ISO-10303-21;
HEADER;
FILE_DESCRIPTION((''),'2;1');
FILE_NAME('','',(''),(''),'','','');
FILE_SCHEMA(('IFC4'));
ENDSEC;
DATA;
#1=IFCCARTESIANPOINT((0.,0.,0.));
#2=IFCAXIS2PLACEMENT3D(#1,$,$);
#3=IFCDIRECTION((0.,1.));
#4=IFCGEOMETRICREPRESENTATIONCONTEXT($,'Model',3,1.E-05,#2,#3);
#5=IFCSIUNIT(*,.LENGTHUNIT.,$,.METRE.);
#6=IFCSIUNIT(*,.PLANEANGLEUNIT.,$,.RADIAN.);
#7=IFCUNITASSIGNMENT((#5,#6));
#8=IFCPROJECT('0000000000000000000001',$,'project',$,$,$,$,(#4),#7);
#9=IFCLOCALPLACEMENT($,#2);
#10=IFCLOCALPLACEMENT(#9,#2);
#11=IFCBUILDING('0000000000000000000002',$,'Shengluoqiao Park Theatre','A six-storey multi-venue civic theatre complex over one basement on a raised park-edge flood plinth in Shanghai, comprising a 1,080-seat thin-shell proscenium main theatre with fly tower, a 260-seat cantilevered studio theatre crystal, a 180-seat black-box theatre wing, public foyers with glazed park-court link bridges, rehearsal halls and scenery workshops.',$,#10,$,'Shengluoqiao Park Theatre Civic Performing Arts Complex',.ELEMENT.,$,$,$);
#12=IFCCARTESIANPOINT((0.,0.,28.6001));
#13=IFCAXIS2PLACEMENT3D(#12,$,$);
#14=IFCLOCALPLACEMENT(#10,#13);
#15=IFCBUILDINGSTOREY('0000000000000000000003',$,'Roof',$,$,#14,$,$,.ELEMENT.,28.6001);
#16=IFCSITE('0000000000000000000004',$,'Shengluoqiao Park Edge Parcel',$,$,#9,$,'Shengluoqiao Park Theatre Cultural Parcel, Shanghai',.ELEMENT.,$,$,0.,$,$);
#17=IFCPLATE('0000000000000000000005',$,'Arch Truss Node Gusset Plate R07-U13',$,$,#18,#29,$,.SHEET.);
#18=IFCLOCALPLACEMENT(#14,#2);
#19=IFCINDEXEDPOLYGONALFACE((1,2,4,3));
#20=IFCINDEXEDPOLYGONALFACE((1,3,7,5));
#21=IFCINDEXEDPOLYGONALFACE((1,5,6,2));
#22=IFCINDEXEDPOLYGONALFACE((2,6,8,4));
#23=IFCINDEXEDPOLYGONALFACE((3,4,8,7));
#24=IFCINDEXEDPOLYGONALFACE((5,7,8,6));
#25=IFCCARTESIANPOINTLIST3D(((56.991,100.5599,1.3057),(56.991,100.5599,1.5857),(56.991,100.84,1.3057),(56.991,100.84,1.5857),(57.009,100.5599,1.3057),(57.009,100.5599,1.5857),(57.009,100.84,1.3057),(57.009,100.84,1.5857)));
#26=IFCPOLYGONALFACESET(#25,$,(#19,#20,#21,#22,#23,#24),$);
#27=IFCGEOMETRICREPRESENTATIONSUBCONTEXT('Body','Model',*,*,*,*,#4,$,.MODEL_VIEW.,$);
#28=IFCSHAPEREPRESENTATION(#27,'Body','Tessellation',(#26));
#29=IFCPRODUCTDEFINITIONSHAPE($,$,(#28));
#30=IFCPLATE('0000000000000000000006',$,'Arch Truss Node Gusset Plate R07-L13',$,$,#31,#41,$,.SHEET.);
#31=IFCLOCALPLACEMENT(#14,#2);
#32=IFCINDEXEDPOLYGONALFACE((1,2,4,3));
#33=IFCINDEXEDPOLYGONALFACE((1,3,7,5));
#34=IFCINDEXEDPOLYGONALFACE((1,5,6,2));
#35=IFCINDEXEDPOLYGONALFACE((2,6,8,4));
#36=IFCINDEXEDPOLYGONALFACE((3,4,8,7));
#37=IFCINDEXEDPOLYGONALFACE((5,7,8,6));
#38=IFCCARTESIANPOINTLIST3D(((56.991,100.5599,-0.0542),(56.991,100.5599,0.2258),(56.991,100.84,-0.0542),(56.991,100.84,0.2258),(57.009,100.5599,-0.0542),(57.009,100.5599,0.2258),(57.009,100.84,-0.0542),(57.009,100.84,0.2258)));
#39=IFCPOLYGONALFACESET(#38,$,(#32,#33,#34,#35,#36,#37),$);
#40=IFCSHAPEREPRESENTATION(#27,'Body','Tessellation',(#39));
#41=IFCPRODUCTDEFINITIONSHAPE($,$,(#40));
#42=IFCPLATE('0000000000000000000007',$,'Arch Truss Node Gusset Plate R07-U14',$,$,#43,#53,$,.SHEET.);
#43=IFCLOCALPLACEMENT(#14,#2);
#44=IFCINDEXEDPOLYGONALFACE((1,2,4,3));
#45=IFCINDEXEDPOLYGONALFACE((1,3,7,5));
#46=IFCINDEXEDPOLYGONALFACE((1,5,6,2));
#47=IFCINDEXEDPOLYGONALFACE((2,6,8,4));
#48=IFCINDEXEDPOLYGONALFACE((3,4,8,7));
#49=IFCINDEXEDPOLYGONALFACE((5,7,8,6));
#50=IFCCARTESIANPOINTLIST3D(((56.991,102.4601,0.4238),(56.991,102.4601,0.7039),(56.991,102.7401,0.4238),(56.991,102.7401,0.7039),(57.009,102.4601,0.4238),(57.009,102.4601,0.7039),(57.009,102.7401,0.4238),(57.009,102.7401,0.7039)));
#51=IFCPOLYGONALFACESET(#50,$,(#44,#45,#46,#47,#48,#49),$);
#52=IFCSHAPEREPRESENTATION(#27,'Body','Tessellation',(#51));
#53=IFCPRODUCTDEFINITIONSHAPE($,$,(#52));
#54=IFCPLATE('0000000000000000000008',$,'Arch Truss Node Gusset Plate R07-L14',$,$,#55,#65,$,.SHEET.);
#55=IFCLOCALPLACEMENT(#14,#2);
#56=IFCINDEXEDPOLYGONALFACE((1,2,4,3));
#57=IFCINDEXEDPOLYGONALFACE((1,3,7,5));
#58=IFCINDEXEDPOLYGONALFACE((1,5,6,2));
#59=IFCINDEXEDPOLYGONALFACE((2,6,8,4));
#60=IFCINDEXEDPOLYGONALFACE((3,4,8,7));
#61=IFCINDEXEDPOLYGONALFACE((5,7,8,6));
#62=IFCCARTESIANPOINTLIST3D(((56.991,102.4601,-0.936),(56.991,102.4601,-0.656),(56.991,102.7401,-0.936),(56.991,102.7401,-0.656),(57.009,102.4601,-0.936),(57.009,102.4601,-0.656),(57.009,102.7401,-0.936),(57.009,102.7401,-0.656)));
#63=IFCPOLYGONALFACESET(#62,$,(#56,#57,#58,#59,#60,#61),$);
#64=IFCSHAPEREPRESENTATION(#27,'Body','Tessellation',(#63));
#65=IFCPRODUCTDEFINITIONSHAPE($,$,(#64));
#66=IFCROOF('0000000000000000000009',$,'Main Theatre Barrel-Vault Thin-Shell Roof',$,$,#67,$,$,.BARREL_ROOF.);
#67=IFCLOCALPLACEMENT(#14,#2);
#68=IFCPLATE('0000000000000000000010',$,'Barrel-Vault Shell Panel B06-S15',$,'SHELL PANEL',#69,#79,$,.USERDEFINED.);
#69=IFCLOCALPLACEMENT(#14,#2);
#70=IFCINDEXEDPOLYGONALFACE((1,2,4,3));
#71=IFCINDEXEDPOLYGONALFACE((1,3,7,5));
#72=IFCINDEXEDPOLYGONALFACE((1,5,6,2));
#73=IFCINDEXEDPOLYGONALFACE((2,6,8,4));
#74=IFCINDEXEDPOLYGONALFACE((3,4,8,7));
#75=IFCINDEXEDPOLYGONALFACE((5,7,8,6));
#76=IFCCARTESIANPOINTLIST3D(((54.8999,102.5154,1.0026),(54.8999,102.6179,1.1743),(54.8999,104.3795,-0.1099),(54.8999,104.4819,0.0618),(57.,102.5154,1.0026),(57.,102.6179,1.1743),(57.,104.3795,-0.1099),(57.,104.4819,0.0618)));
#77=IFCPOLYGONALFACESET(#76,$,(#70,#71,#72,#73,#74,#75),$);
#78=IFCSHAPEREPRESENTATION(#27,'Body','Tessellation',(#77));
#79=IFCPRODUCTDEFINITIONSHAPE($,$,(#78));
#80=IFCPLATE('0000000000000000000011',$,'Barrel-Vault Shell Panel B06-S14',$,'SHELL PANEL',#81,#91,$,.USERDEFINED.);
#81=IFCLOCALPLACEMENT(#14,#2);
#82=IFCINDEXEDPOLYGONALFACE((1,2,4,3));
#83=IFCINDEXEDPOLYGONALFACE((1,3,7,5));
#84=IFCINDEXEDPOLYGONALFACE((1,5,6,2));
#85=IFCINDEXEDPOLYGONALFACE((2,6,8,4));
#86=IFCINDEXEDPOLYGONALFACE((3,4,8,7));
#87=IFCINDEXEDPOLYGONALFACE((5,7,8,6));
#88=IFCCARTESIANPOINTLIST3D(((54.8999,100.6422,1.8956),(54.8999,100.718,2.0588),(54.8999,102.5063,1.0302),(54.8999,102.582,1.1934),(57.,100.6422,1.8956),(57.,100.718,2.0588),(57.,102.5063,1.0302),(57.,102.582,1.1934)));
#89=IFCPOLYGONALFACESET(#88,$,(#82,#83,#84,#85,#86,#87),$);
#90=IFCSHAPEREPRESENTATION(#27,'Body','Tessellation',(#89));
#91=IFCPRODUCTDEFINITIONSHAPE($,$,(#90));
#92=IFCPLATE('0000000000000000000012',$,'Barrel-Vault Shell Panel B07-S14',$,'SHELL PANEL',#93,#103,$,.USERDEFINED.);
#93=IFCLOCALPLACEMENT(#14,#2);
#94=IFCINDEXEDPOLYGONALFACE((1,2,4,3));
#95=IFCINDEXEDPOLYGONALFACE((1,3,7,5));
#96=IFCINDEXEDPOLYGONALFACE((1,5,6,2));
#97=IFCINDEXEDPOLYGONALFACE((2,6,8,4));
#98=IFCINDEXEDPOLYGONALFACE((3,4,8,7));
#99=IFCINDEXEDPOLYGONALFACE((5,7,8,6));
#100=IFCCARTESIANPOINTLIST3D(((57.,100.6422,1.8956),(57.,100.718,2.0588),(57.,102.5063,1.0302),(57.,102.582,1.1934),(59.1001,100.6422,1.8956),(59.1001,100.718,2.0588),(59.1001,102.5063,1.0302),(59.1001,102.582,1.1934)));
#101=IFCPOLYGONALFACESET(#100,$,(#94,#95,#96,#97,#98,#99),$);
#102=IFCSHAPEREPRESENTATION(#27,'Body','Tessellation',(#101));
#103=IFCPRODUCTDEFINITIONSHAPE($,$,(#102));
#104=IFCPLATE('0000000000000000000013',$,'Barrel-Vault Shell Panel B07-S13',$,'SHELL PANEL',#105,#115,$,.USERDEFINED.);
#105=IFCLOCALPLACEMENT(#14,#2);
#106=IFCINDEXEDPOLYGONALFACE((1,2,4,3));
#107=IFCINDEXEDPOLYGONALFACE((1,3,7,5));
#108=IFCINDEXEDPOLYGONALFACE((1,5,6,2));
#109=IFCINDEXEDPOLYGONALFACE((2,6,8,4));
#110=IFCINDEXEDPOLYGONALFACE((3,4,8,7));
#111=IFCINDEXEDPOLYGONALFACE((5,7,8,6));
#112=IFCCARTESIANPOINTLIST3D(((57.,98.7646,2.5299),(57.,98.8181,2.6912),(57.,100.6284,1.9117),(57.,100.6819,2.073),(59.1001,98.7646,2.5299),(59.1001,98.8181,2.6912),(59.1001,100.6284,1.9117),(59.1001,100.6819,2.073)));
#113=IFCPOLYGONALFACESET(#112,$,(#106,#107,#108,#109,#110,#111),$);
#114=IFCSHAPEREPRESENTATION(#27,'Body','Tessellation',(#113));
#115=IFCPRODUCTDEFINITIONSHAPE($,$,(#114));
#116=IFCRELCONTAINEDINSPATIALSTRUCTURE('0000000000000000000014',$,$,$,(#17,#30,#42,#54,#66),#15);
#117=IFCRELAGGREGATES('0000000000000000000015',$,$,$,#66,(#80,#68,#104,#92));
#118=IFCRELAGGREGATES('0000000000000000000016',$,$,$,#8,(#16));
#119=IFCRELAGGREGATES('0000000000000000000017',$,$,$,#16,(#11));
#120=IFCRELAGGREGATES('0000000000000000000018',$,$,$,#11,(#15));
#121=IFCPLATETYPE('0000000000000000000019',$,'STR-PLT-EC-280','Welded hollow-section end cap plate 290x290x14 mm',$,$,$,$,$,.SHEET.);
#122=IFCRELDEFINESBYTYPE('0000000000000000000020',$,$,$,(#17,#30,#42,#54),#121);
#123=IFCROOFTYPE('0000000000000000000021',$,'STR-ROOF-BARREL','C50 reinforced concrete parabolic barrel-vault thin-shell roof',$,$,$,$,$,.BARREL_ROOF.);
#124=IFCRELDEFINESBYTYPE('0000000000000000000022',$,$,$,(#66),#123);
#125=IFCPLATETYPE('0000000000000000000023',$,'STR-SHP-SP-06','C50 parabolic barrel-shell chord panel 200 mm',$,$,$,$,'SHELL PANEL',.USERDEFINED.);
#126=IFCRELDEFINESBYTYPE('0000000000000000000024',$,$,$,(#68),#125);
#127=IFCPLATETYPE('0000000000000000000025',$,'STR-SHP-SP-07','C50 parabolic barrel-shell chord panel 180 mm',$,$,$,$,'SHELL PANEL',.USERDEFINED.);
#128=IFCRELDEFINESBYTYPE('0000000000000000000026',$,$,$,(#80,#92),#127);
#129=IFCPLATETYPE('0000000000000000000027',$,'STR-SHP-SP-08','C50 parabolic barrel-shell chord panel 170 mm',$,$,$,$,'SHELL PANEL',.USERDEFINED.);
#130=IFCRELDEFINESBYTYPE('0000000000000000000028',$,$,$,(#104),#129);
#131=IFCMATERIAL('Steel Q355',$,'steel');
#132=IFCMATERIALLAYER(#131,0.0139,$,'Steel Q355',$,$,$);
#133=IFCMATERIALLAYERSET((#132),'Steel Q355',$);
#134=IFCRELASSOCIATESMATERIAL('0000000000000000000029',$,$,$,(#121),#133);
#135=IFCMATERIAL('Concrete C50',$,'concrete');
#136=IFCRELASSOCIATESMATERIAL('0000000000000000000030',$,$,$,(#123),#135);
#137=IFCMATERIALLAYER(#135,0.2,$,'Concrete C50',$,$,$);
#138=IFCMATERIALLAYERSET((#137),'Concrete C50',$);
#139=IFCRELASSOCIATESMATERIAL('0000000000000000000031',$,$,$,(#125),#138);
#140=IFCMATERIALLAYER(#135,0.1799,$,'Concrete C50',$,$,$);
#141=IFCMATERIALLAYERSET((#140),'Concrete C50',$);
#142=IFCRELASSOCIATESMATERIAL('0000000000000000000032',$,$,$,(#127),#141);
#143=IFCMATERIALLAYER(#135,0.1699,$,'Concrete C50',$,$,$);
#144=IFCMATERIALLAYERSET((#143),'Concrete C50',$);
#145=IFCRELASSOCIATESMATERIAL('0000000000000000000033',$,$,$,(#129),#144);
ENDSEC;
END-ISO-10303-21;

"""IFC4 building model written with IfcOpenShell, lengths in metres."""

from ifc_helpers import new_model, si_unit, direction, frame, origin, origin_2d, place, context, subcontext, project, spatial, polyline, rectangle, outline, extrude, material, layer, layer_set, type_object, element, aggregate, save


model = new_model("IFC4")

# Units and contexts
model_context = context("Model", 3, precision=1e-05, world=origin(), true_north=direction((0.0, 1.0)))
body_context = subcontext(model_context, "Body", "Model", "MODEL_VIEW")
ifc_project = project(units=[si_unit("LENGTHUNIT", "METRE"), si_unit("PLANEANGLEUNIT", "RADIAN")], contexts=[model_context])

# Site, building, storey
site_placement = place(None, origin())
site = spatial("IfcSite", under=ifc_project, at=site_placement, Name="Shengluoqiao Park Edge Parcel", LongName="Shengluoqiao Park Theatre Cultural Parcel, Shanghai", CompositionType="ELEMENT", RefElevation=0.0)
building_placement = place(site_placement, origin())
building = spatial("IfcBuilding", under=site, at=building_placement, Name="Shengluoqiao Park Theatre", Description="A six-storey multi-venue civic theatre complex over one basement on a raised park-edge flood plinth in Shanghai, comprising a 1,080-seat thin-shell proscenium main theatre with fly tower, a 260-seat cantilevered studio theatre crystal, a 180-seat black-box theatre wing, public foyers with glazed park-court link bridges, rehearsal halls and scenery workshops.", LongName="Shengluoqiao Park Theatre Civic Performing Arts Complex", CompositionType="ELEMENT")
storey_placement = place(building_placement, frame((0.0, 0.0, 28.6001)))
storey = spatial("IfcBuildingStorey", under=building, at=storey_placement, Name="Roof", CompositionType="ELEMENT", Elevation=28.6001)

# Shared definitions
ifc_material_1 = material(Name="Concrete C50", Category="concrete")
ifc_material_2 = material(Name="Steel Q355", Category="steel")

# Plates
ifc_layer_1 = layer(ifc_material_2, 0.0139, Name="Steel Q355")
ifc_layer_set_1 = layer_set([ifc_layer_1], Name="Steel Q355")
plate_type_1 = type_object("IfcPlateType", Name="STR-PLT-EC-280", Description="Welded hollow-section end cap plate 290x290x14 mm", PredefinedType="SHEET", material=ifc_layer_set_1)
for number, where, z_axis, x_axis, name in (
    (1, (57.0, 100.7, 1.3057), (0.0, 0.0, 1.0), (1.0, 0.0, 0.0), "Arch Truss Node Gusset Plate R07-U13"),
    (2, (57.0, 100.7, -0.0542), (0.0, 0.0, 1.0), (1.0, 0.0, 0.0), "Arch Truss Node Gusset Plate R07-L13"),
    (3, (57.0, 102.6001, 0.4238), (0.0, 0.0, 1.0), (1.0, 0.0, 0.0), "Arch Truss Node Gusset Plate R07-U14"),
    (4, (57.0, 102.6001, -0.936), (0.0, 0.0, 1.0), (1.0, 0.0, 0.0), "Arch Truss Node Gusset Plate R07-L14"),
):
    element("IfcPlate", number, at=place(storey_placement, frame(where, z_axis=z_axis, x_axis=x_axis)), inside=storey, type_object=plate_type_1, Name=name, PredefinedType="SHEET", context=body_context, shape_type="SweptSolid", body=[
        extrude(rectangle(XDim=0.0181, YDim=0.28, at=origin_2d()), origin(), (0.0, 0.0, 1.0), 0.28),
    ])

# Roof, plates
roof_type = type_object("IfcRoofType", Name="STR-ROOF-BARREL", Description="C50 reinforced concrete parabolic barrel-vault thin-shell roof", PredefinedType="BARREL_ROOF", material=ifc_material_1)
roof_placement = place(storey_placement, origin())
roof = element("IfcRoof", 5, at=roof_placement, inside=storey, type_object=roof_type, Name="Main Theatre Barrel-Vault Thin-Shell Roof", PredefinedType="BARREL_ROOF")
ifc_layer_2 = layer(ifc_material_1, 0.2, Name="Concrete C50")
ifc_layer_set_2 = layer_set([ifc_layer_2], Name="Concrete C50")
plate_type_2 = type_object("IfcPlateType", Name="STR-SHP-SP-06", Description="C50 parabolic barrel-shell chord panel 200 mm", ElementType="SHELL PANEL", PredefinedType="USERDEFINED", material=ifc_layer_set_2)
plate_1_placement = place(storey_placement, frame((54.8999, 102.6179, 1.1743), z_axis=(0.0, 0.51251, 0.858681), x_axis=(1.0, 0.0, 0.0)))
plate_1 = element("IfcPlate", 6, at=plate_1_placement, type_object=plate_type_2, Name="Barrel-Vault Shell Panel B06-S15", ObjectType="SHELL PANEL", PredefinedType="USERDEFINED", context=body_context, shape_type="SweptSolid", body=[
    extrude(outline(polyline([(0.0, 0.0), (2.1001, 0.0), (2.1001, 2.1708), (0.0, 2.1708), (0.0, 0.0)])), origin(), (0.0, 0.0, -1.0), 0.2),
])
ifc_layer_3 = layer(ifc_material_1, 0.1799, Name="Concrete C50")
ifc_layer_set_3 = layer_set([ifc_layer_3], Name="Concrete C50")
plate_type_3 = type_object("IfcPlateType", Name="STR-SHP-SP-07", Description="C50 parabolic barrel-shell chord panel 180 mm", ElementType="SHELL PANEL", PredefinedType="USERDEFINED", material=ifc_layer_set_3)
plate_2_placement = place(storey_placement, frame((54.8999, 100.718, 2.0588), z_axis=(0.0, 0.421129, 0.907001), x_axis=(1.0, 0.0, 0.0)))
plate_2 = element("IfcPlate", 7, at=plate_2_placement, type_object=plate_type_3, Name="Barrel-Vault Shell Panel B06-S14", ObjectType="SHELL PANEL", PredefinedType="USERDEFINED", context=body_context, shape_type="SweptSolid", body=[
    extrude(outline(polyline([(0.0, 0.0), (2.1001, 0.0), (2.1001, 2.0551), (0.0, 2.0551), (0.0, 0.0)])), origin(), (0.0, 0.0, -1.0), 0.1799),
])
plate_3_placement = place(storey_placement, frame((57.0, 100.718, 2.0588), z_axis=(0.0, 0.421129, 0.907001), x_axis=(1.0, 0.0, 0.0)))
plate_3 = element("IfcPlate", 8, at=plate_3_placement, type_object=plate_type_3, Name="Barrel-Vault Shell Panel B07-S14", ObjectType="SHELL PANEL", PredefinedType="USERDEFINED", context=body_context, shape_type="SweptSolid", body=[
    extrude(outline(polyline([(0.0, 0.0), (2.1001, 0.0), (2.1001, 2.0551), (0.0, 2.0551), (0.0, 0.0)])), origin(), (0.0, 0.0, -1.0), 0.1799),
])
ifc_layer_4 = layer(ifc_material_1, 0.1699, Name="Concrete C50")
ifc_layer_set_4 = layer_set([ifc_layer_4], Name="Concrete C50")
plate_type_4 = type_object("IfcPlateType", Name="STR-SHP-SP-08", Description="C50 parabolic barrel-shell chord panel 170 mm", ElementType="SHELL PANEL", PredefinedType="USERDEFINED", material=ifc_layer_set_4)
plate_4_placement = place(storey_placement, frame((57.0, 98.8181, 2.6912), z_axis=(0.0, 0.31481, 0.949155), x_axis=(1.0, 0.0, 0.0)))
plate_4 = element("IfcPlate", 9, at=plate_4_placement, type_object=plate_type_4, Name="Barrel-Vault Shell Panel B07-S13", ObjectType="SHELL PANEL", PredefinedType="USERDEFINED", context=body_context, shape_type="SweptSolid", body=[
    extrude(outline(polyline([(0.0, 0.0), (2.1001, 0.0), (2.1001, 1.9636), (0.0, 1.9636), (0.0, 0.0)])), origin(), (0.0, 0.0, -1.0), 0.1699),
])
aggregate(roof, [plate_2, plate_1, plate_4, plate_3])

save(model, "model.ifc")
